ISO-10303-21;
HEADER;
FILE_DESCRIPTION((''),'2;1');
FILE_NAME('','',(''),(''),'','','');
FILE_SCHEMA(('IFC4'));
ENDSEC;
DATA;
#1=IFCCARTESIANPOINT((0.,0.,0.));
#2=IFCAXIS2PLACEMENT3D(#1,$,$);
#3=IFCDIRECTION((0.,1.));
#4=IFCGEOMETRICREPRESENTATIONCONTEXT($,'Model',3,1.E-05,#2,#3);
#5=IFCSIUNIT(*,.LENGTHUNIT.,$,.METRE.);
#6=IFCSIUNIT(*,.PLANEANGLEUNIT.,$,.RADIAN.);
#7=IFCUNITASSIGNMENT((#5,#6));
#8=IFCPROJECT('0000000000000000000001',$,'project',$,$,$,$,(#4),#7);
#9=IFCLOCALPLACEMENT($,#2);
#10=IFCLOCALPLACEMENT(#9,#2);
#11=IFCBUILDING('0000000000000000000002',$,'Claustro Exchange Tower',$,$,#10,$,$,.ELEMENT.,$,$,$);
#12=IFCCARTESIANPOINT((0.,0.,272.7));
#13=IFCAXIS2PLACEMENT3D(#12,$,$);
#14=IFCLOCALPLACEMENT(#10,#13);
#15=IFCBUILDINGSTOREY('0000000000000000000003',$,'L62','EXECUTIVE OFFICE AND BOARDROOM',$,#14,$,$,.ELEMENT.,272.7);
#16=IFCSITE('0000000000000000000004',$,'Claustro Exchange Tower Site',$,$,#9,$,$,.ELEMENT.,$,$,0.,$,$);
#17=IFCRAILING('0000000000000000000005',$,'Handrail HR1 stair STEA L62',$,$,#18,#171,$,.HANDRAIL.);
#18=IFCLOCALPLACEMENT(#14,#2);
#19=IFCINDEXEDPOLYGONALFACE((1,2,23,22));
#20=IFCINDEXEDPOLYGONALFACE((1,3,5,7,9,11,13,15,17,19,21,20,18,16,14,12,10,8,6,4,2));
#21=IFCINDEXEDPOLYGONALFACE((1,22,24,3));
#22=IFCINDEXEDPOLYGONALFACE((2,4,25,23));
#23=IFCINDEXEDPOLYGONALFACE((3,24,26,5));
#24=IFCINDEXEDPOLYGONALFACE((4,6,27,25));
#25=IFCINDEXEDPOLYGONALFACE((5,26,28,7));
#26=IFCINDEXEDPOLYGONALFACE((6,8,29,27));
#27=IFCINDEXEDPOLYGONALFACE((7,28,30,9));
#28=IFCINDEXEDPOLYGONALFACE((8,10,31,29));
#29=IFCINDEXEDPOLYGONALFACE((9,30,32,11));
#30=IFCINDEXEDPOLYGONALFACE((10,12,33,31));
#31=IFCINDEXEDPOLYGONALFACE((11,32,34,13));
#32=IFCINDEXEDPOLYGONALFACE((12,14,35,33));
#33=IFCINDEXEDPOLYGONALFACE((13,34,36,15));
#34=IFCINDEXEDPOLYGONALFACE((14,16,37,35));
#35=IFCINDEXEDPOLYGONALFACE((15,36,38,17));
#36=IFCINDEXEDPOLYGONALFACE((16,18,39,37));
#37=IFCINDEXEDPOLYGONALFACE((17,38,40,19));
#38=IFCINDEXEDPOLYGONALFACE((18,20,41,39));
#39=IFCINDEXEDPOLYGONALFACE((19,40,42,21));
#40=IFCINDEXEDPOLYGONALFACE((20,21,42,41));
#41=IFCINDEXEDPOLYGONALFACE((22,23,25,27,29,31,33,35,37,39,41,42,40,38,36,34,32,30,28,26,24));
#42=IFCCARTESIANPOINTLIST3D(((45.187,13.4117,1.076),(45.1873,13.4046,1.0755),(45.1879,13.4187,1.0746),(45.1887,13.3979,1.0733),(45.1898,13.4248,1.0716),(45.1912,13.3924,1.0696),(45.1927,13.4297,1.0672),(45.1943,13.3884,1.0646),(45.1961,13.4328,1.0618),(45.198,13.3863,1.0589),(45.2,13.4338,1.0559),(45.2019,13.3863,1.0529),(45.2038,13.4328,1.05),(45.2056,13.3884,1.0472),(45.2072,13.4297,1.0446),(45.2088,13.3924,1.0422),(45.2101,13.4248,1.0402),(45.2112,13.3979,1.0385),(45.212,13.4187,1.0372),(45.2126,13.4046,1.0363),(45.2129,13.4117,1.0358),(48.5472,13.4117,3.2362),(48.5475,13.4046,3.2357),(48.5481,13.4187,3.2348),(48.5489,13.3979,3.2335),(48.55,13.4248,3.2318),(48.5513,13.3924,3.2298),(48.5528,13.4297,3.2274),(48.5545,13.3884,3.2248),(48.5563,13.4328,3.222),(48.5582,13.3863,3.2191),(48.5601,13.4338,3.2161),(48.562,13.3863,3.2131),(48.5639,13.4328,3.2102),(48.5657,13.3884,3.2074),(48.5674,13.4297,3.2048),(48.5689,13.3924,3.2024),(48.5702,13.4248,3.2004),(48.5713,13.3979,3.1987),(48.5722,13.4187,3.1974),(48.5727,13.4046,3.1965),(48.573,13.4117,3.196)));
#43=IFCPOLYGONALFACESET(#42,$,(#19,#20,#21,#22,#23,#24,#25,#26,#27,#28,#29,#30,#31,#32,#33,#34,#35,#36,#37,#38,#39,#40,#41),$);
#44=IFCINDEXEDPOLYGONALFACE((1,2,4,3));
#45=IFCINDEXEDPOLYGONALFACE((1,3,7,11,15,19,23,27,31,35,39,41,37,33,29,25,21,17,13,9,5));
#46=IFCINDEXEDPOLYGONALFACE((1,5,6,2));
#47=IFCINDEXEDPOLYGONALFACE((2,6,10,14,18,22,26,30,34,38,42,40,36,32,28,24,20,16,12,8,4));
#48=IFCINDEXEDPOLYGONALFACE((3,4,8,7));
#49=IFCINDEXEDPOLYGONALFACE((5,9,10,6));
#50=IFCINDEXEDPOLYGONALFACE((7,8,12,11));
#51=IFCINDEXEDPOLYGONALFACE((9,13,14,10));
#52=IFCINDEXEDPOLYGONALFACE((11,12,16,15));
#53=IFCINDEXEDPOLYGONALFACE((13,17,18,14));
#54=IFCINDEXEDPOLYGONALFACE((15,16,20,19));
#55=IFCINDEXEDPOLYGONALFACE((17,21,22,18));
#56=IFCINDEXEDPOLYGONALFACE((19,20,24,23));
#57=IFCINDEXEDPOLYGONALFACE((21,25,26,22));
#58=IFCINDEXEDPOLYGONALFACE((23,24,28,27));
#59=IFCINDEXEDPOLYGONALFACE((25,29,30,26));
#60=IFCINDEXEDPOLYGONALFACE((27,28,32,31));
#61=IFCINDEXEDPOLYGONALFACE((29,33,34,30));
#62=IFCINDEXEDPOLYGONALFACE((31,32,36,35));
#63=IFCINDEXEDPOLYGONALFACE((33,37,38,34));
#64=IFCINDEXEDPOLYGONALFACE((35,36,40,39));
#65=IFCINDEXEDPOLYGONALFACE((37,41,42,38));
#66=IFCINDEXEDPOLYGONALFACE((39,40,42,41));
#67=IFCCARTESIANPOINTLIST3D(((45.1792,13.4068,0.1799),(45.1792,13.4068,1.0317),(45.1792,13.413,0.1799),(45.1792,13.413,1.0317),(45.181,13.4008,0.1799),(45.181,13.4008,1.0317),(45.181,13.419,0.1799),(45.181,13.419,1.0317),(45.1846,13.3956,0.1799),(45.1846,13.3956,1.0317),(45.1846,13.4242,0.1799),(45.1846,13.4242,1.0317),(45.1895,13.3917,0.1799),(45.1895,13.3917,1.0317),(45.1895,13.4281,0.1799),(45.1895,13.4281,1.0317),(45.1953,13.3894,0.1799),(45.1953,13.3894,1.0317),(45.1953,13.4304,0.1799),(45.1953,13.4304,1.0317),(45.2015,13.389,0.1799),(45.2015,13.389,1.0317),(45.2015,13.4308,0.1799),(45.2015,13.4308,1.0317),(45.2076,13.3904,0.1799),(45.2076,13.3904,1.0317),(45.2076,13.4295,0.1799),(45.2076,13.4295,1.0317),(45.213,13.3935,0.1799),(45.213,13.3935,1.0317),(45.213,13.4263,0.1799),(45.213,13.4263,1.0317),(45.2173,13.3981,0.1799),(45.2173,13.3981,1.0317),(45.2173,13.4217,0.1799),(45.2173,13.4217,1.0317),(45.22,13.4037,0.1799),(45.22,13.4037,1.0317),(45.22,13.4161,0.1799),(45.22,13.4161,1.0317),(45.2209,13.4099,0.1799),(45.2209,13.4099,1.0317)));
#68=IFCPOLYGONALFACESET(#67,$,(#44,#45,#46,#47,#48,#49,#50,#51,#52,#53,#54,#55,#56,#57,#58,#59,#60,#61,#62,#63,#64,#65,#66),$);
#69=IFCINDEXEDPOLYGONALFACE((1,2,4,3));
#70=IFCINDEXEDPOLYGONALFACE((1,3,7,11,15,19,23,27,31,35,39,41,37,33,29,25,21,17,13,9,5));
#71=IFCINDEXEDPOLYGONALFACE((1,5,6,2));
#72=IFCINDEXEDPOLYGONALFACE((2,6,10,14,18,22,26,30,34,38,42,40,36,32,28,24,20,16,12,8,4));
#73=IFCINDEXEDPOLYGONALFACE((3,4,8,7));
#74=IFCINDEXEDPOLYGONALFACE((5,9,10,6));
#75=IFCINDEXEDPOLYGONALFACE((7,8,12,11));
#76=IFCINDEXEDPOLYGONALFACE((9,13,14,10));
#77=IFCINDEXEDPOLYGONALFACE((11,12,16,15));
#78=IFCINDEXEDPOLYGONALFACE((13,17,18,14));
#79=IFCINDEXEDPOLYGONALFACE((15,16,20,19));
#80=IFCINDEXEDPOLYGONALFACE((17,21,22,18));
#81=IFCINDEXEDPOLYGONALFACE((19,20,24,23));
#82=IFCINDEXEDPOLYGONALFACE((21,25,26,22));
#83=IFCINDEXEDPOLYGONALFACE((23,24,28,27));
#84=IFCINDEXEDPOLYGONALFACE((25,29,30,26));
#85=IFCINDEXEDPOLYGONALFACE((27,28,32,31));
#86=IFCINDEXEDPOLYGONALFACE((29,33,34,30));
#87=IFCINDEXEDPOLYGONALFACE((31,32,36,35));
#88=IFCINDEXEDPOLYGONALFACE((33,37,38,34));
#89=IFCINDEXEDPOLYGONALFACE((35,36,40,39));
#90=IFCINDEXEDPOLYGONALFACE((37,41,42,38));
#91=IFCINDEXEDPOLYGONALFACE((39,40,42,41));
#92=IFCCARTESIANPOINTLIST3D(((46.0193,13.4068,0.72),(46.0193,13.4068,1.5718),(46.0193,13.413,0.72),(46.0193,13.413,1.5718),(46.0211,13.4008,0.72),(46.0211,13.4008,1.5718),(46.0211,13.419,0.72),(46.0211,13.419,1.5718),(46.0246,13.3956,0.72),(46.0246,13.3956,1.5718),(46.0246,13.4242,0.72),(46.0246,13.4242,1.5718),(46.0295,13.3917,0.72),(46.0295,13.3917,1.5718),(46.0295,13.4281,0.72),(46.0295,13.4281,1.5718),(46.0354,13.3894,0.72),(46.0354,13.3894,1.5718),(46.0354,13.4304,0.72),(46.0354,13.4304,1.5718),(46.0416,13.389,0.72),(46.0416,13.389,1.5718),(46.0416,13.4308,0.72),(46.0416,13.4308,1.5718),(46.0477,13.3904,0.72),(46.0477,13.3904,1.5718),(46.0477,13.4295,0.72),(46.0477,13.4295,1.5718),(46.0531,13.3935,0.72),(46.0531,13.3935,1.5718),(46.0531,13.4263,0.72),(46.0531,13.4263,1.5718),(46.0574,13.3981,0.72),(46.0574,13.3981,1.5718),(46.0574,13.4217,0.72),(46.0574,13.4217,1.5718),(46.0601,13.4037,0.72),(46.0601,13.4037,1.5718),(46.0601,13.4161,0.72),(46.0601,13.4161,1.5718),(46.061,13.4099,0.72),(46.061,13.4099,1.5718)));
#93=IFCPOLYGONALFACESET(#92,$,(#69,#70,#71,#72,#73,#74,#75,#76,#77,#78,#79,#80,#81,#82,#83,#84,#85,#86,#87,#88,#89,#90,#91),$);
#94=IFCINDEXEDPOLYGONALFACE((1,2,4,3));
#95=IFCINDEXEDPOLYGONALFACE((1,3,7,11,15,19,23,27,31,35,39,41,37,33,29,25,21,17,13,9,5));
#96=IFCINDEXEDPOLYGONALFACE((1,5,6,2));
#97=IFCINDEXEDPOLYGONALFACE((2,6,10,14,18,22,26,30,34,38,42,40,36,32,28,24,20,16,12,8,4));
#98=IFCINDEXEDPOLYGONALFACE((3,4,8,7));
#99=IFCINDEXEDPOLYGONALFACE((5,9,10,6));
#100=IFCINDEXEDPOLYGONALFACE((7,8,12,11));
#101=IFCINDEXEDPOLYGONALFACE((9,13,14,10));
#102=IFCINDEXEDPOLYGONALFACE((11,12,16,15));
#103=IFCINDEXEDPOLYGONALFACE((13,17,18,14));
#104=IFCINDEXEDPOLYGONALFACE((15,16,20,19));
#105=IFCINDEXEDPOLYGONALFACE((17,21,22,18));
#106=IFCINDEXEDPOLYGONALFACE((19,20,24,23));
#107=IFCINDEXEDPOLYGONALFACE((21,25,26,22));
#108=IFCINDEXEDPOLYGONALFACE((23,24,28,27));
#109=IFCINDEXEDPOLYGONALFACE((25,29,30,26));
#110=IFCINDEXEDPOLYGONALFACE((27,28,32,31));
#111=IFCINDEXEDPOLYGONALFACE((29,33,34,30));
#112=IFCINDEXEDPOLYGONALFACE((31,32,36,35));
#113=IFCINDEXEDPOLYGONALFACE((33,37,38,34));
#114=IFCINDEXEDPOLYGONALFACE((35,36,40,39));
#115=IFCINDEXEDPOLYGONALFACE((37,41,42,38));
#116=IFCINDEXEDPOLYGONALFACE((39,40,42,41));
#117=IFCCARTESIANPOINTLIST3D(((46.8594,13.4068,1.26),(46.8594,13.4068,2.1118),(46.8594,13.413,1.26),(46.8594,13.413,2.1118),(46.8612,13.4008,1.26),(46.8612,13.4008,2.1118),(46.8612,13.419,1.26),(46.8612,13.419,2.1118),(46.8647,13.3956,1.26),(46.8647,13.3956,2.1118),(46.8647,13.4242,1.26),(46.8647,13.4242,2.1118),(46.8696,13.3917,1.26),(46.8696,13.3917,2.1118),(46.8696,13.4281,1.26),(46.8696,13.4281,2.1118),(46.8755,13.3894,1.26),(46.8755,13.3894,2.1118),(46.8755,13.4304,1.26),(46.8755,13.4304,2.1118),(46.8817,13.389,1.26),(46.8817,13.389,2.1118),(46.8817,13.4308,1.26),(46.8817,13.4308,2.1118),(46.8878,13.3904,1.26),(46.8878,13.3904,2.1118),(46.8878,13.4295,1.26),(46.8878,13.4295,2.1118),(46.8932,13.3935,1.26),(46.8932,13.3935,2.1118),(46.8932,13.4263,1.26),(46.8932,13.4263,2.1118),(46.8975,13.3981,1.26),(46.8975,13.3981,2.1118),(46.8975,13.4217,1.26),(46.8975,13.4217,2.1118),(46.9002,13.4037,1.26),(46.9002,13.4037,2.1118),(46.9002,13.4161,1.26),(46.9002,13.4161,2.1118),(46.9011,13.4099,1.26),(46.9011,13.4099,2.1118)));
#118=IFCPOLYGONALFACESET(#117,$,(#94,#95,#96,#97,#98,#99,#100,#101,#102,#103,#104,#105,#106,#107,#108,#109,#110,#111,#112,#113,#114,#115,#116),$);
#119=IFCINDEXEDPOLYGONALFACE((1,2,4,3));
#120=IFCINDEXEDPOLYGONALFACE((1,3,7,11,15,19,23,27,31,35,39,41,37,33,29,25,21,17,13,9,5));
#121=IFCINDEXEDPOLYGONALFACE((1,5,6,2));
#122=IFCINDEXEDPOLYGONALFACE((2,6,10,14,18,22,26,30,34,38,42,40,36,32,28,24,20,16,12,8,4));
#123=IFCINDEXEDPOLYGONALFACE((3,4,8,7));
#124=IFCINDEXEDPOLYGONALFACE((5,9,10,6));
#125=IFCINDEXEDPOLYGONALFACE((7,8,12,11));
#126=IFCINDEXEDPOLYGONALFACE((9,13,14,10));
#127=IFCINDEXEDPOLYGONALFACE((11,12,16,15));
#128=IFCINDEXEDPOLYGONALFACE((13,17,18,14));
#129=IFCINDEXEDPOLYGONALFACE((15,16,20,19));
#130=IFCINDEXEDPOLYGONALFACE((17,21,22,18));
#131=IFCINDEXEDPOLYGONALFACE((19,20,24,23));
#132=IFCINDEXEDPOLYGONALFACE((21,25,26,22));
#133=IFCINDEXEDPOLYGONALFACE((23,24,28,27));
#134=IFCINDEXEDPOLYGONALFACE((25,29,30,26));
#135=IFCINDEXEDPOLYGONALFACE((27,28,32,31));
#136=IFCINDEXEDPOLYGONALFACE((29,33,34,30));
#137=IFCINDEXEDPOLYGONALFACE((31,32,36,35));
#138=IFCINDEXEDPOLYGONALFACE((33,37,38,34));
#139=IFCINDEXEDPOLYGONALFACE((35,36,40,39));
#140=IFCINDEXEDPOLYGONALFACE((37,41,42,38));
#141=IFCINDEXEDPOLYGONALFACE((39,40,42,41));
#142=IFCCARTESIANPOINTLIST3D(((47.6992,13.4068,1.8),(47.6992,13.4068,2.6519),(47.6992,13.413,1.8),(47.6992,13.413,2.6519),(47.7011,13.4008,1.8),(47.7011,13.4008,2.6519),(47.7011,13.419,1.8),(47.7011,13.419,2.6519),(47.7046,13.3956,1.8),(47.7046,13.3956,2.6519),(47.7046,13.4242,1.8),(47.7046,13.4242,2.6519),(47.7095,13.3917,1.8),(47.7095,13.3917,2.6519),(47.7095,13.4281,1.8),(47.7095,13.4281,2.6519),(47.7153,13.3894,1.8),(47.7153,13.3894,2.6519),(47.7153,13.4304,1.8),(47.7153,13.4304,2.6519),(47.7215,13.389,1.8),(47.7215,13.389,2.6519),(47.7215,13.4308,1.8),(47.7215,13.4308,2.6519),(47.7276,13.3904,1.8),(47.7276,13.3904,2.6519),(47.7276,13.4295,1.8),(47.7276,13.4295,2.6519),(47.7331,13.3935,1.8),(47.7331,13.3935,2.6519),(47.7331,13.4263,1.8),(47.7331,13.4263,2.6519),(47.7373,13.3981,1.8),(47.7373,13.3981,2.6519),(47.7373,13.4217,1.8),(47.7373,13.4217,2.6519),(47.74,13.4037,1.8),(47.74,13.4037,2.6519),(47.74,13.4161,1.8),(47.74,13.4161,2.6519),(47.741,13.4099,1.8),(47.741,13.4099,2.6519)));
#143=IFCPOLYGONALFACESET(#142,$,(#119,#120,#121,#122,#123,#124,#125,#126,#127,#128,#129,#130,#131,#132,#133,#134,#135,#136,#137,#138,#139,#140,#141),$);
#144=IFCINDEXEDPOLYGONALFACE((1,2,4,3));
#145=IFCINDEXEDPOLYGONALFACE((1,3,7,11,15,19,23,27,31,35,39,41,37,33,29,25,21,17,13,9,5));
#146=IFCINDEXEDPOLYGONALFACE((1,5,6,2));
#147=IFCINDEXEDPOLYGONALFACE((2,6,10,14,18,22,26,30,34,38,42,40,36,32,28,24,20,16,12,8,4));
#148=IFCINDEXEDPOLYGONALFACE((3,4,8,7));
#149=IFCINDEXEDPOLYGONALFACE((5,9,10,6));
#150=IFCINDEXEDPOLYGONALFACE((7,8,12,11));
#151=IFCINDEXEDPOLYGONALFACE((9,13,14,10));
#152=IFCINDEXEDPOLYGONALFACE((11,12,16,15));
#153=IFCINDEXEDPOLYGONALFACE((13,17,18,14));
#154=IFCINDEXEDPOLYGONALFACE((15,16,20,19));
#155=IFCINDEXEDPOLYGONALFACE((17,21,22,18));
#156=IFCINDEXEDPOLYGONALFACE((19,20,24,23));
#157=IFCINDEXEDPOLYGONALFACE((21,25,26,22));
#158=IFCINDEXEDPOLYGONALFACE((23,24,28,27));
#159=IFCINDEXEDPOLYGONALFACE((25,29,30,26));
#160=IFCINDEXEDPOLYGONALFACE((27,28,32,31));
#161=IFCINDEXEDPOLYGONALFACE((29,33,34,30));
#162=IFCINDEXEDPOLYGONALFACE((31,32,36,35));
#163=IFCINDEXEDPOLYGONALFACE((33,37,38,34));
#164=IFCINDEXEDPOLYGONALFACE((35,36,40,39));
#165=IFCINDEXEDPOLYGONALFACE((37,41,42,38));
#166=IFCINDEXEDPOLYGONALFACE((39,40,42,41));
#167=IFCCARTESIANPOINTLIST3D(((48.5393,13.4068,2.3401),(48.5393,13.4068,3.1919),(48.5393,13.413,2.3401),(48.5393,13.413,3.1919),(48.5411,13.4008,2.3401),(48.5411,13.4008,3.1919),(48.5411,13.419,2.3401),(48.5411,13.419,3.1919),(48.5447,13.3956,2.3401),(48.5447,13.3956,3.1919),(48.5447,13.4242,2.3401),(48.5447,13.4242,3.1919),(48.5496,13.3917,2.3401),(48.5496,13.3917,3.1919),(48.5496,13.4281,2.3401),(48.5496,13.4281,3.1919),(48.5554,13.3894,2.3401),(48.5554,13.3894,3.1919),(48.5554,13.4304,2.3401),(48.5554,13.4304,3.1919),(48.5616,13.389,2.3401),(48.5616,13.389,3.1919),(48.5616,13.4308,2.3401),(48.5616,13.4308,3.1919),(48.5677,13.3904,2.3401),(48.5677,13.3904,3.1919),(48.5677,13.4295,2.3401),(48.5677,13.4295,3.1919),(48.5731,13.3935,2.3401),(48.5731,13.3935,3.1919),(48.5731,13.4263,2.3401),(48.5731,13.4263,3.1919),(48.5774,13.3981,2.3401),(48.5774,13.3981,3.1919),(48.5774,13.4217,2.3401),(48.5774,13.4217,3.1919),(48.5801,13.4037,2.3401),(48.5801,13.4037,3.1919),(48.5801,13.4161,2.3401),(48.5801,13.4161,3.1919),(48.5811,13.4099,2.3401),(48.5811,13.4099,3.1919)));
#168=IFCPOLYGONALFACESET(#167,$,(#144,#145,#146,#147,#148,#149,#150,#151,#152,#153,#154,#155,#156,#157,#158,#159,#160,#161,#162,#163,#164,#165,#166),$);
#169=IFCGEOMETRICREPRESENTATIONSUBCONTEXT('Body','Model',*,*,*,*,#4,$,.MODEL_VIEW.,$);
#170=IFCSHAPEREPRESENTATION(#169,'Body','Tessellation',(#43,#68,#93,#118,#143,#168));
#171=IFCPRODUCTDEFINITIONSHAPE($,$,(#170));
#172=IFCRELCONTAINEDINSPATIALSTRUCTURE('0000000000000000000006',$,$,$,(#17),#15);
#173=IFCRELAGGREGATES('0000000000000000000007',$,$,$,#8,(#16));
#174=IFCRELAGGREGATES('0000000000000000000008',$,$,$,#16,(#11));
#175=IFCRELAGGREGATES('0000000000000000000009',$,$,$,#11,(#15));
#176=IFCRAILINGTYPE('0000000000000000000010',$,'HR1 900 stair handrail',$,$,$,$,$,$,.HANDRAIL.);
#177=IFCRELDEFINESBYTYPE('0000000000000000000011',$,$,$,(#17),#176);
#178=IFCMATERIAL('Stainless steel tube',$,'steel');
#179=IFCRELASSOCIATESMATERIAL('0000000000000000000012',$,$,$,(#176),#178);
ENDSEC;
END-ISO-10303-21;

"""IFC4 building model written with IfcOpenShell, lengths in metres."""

from ifc_helpers import new_model, si_unit, direction, frame, origin, origin_2d, place, context, subcontext, project, spatial, circle, extrude, material, type_object, element, save


model = new_model("IFC4")

# Units and contexts
model_context = context("Model", 3, precision=1e-05, world=origin(), true_north=direction((0.0, 1.0)))
body_context = subcontext(model_context, "Body", "Model", "MODEL_VIEW")
ifc_project = project(units=[si_unit("LENGTHUNIT", "METRE"), si_unit("PLANEANGLEUNIT", "RADIAN")], contexts=[model_context])

# Site, building, storey
site_placement = place(None, origin())
site = spatial("IfcSite", under=ifc_project, at=site_placement, Name="Claustro Exchange Tower Site", CompositionType="ELEMENT", RefElevation=0.0)
building_placement = place(site_placement, origin())
building = spatial("IfcBuilding", under=site, at=building_placement, Name="Claustro Exchange Tower", CompositionType="ELEMENT")
storey_placement = place(building_placement, frame((0.0, 0.0, 272.7)))
storey = spatial("IfcBuildingStorey", under=building, at=storey_placement, Name="L62", Description="EXECUTIVE OFFICE AND BOARDROOM", CompositionType="ELEMENT", Elevation=272.7)

# Railing
ifc_material_1 = material(Name="Stainless steel tube", Category="steel")
railing_type = type_object("IfcRailingType", Name="HR1 900 stair handrail", PredefinedType="HANDRAIL", material=ifc_material_1)
railing_placement = place(storey_placement, frame((45.2, 13.4099, 0.1799)))
element("IfcRailing", 1, at=railing_placement, inside=storey, type_object=railing_type, Name="Handrail HR1 stair STEA L62", PredefinedType="HANDRAIL", context=body_context, shape_type="SweptSolid", body=[
    extrude(circle(Radius=0.0239, at=origin_2d()), frame((0.0, 0.0, 0.876), z_axis=(0.841169, 0.0, 0.540773), x_axis=(0.0, 1.0, 0.0)), (0.0, 0.0, 1.0), 3.9946),
    extrude(circle(Radius=0.021, at=origin_2d()), origin(), (0.0, 0.0, 1.0), 0.8518),
    extrude(circle(Radius=0.021, at=origin_2d()), frame((0.8401, 0.0, 0.54)), (0.0, 0.0, 1.0), 0.8518),
    extrude(circle(Radius=0.021, at=origin_2d()), frame((1.6802, 0.0, 1.0801)), (0.0, 0.0, 1.0), 0.8518),
    extrude(circle(Radius=0.021, at=origin_2d()), frame((2.52, 0.0, 1.6201)), (0.0, 0.0, 1.0), 0.8518),
    extrude(circle(Radius=0.021, at=origin_2d()), frame((3.3601, 0.0, 2.1602)), (0.0, 0.0, 1.0), 0.8518),
])

save(model, "model.ifc")
